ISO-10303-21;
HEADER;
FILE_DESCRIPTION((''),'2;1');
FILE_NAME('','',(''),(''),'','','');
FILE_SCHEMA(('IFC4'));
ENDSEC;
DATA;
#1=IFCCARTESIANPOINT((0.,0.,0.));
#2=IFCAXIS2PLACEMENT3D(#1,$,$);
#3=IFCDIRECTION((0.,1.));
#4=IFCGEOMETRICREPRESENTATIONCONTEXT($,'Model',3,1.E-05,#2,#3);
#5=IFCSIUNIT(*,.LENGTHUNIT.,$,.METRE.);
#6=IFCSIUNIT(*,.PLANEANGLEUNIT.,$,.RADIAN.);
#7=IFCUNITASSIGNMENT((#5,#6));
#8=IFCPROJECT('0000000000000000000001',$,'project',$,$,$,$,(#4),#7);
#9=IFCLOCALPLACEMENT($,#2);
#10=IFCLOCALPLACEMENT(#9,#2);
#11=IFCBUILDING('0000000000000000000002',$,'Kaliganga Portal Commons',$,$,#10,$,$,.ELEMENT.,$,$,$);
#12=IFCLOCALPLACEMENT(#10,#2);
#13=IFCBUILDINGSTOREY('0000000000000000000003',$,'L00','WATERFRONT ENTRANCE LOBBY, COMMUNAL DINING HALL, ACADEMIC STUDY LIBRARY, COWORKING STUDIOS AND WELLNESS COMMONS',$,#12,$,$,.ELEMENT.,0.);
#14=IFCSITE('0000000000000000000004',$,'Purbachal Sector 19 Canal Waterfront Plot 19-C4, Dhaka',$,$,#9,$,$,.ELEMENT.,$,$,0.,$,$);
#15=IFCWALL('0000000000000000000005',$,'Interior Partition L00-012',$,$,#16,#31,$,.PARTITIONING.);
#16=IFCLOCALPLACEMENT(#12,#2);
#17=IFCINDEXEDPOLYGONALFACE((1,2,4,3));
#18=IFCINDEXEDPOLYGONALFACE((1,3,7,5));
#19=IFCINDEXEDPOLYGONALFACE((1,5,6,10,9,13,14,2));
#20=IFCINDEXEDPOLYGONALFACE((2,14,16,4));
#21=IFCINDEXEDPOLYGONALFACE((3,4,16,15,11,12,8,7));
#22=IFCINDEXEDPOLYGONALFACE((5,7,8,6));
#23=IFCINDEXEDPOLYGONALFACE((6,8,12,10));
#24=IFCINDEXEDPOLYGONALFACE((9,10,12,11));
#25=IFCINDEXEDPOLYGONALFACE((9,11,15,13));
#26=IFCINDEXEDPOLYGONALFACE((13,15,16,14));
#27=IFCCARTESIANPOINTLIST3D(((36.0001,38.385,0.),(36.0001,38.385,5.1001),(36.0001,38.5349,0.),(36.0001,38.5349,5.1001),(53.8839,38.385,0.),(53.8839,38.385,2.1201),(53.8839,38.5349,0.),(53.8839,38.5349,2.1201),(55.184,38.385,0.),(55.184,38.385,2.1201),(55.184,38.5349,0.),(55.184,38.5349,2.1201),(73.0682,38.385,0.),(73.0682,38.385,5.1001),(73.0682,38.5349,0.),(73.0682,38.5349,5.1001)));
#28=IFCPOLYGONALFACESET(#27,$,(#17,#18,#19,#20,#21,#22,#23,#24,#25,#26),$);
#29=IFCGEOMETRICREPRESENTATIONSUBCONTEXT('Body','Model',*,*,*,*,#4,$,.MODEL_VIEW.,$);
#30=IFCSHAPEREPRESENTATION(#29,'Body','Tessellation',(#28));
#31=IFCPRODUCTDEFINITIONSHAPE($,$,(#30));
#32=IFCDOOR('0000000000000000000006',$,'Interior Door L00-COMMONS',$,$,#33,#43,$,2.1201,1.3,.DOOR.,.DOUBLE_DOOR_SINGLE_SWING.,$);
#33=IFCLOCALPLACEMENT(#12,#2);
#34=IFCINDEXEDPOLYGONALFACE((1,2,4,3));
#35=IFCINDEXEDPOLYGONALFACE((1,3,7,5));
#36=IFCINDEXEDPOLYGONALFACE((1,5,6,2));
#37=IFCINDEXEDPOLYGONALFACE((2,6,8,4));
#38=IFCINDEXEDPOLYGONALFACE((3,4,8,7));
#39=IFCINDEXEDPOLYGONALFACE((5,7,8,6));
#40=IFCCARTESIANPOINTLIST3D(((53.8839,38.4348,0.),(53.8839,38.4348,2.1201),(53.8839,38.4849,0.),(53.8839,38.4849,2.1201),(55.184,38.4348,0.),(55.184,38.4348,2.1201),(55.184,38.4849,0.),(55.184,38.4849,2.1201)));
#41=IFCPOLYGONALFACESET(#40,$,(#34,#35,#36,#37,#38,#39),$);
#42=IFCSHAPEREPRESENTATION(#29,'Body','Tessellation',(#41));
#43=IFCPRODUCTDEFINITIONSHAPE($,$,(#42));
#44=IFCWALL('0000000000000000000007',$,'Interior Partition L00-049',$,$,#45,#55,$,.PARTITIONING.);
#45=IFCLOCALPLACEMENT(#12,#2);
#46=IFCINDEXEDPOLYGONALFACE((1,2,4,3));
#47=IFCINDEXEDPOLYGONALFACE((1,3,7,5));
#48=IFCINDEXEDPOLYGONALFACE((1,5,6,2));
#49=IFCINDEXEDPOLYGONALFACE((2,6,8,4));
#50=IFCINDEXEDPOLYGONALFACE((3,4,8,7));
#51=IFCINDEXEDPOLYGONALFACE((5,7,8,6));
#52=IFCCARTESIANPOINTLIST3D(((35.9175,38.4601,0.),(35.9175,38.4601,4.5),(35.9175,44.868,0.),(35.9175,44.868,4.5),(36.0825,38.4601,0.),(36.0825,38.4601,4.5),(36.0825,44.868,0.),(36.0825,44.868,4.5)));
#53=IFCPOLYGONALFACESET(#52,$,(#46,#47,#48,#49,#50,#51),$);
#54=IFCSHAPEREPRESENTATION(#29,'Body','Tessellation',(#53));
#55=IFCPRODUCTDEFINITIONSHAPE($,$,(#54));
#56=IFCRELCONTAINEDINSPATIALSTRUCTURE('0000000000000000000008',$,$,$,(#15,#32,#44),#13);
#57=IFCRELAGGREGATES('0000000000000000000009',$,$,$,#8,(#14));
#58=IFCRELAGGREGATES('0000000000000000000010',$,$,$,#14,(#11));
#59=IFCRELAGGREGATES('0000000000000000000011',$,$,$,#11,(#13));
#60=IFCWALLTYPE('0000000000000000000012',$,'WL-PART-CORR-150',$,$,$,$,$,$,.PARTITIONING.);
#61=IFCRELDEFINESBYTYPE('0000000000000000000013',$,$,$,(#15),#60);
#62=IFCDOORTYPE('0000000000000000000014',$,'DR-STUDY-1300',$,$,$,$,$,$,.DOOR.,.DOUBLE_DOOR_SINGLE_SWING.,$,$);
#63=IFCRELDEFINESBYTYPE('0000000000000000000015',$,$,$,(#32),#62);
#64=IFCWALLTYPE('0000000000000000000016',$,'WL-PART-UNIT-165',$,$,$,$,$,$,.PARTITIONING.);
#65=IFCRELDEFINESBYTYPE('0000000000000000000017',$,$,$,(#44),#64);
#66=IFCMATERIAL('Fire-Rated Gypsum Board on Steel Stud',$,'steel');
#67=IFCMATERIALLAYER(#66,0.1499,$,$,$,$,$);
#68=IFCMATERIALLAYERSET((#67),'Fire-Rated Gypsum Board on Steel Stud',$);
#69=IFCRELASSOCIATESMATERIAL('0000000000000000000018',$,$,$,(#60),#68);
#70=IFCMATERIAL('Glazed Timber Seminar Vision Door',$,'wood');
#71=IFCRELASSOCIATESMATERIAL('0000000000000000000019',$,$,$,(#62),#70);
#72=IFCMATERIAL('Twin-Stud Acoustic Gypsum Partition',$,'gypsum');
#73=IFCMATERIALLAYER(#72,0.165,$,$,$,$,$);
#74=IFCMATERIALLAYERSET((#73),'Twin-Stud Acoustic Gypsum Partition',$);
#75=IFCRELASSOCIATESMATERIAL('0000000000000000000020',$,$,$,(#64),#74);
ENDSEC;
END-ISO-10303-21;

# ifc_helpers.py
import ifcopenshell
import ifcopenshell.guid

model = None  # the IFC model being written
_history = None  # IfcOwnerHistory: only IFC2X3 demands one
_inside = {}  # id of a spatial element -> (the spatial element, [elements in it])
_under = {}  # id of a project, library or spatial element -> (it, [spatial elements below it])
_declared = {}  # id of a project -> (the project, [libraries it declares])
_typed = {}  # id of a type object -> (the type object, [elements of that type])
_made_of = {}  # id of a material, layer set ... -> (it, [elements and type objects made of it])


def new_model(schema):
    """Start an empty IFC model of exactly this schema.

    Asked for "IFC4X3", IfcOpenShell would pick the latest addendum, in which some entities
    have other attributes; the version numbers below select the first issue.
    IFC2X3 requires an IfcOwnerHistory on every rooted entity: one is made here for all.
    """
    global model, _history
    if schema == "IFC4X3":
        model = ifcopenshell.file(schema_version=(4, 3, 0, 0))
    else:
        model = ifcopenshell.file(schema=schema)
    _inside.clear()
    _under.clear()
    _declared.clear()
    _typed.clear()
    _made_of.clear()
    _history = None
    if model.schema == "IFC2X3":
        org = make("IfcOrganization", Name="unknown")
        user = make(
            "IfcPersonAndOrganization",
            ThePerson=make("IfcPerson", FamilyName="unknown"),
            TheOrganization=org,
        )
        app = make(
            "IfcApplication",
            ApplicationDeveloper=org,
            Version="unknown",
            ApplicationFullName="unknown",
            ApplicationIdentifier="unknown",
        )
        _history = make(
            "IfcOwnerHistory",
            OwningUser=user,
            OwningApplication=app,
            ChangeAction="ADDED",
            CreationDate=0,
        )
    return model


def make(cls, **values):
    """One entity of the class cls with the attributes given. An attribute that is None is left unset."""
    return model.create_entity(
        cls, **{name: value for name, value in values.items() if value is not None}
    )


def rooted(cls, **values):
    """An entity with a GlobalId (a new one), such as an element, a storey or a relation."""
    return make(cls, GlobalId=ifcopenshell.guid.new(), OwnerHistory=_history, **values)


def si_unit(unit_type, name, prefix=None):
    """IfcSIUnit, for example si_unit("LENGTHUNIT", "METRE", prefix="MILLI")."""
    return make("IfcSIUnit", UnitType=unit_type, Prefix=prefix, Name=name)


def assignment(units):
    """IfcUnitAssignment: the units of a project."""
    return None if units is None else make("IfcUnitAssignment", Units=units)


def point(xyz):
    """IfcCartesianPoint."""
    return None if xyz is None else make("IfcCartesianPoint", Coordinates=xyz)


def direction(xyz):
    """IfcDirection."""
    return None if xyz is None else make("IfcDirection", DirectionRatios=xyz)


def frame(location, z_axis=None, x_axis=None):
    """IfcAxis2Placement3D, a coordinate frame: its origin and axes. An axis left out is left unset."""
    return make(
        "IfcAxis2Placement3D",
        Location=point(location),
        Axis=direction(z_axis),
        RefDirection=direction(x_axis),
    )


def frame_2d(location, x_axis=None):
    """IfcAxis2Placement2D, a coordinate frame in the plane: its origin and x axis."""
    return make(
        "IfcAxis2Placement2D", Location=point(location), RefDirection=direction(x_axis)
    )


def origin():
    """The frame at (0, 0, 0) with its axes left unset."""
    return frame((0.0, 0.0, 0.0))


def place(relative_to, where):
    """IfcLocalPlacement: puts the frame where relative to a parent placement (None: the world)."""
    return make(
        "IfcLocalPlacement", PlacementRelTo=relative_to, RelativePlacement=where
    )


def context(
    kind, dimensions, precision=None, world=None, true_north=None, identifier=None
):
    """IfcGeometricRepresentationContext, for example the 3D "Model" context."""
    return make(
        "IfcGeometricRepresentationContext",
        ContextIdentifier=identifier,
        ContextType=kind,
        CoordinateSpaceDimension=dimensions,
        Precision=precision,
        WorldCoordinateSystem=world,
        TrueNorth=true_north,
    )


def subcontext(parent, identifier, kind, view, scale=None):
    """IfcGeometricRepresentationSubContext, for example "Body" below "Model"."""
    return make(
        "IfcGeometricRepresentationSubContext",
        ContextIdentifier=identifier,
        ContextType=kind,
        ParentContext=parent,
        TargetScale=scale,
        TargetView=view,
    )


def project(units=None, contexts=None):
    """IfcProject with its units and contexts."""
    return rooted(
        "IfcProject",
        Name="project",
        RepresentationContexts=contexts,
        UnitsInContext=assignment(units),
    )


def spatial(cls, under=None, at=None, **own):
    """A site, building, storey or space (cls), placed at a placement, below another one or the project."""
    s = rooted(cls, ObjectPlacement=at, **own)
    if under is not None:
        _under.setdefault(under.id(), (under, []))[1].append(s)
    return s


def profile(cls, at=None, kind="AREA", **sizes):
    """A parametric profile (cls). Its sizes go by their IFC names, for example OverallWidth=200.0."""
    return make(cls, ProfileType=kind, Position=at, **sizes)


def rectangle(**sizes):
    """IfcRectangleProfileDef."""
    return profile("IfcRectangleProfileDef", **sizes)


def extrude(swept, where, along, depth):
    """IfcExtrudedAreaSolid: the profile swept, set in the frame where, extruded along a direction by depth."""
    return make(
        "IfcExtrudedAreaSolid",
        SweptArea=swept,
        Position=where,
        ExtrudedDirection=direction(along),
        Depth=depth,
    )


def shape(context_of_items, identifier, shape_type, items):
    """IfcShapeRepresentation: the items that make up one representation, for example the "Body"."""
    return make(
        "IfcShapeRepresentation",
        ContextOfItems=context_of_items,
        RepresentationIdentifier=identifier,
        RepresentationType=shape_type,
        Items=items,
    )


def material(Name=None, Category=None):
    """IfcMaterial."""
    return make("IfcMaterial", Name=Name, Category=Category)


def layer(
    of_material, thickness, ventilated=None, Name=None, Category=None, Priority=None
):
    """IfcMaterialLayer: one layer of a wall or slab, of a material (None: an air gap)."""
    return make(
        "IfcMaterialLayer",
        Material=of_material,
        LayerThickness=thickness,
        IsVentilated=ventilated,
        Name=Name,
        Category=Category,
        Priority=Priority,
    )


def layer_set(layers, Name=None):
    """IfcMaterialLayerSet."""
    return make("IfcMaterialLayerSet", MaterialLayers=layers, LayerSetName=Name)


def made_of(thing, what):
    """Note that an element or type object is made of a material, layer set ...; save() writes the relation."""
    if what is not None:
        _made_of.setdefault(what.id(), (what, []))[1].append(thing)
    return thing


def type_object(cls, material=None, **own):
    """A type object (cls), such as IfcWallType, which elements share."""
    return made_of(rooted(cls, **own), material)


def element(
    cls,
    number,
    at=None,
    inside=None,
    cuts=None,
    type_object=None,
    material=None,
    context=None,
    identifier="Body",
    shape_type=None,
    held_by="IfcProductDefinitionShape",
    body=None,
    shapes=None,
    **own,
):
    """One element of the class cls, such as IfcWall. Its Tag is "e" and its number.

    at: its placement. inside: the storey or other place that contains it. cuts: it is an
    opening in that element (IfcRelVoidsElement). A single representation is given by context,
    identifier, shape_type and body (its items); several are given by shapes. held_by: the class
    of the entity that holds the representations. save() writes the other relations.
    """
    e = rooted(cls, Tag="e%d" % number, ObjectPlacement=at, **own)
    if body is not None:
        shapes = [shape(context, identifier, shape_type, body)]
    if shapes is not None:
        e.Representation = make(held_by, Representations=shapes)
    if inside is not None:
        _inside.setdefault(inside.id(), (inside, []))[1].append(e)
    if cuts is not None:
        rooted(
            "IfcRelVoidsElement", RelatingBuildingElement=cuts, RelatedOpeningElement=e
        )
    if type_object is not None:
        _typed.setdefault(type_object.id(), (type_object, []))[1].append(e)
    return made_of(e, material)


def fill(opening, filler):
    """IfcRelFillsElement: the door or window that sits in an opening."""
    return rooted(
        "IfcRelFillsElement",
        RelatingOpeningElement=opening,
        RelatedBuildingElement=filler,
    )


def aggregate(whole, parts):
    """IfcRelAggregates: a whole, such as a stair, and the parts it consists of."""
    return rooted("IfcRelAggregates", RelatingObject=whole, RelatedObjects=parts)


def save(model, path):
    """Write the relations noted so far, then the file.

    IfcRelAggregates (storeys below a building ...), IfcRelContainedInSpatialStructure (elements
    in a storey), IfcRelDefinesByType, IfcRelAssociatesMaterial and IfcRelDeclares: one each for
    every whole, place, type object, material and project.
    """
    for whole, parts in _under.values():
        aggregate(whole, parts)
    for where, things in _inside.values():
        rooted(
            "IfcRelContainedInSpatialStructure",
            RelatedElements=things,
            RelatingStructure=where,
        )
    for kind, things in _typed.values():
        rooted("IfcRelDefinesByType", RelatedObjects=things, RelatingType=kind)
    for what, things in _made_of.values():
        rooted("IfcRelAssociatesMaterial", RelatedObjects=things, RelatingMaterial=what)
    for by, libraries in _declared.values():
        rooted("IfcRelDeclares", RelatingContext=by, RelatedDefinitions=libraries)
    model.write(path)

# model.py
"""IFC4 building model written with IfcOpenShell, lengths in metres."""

from ifc_helpers import new_model, si_unit, direction, frame, frame_2d, origin, place, context, subcontext, project, spatial, rectangle, extrude, material, layer, layer_set, type_object, element, fill, save


model = new_model("IFC4")

# Units and contexts
model_context = context("Model", 3, precision=1e-05, world=origin(), true_north=direction((0.0, 1.0)))
body_context = subcontext(model_context, "Body", "Model", "MODEL_VIEW")
ifc_project = project(units=[si_unit("LENGTHUNIT", "METRE"), si_unit("PLANEANGLEUNIT", "RADIAN")], contexts=[model_context])

# Site, building, storey
site_placement = place(None, origin())
site = spatial("IfcSite", under=ifc_project, at=site_placement, Name="Purbachal Sector 19 Canal Waterfront Plot 19-C4, Dhaka", CompositionType="ELEMENT", RefElevation=0.0)
building_placement = place(site_placement, origin())
building = spatial("IfcBuilding", under=site, at=building_placement, Name="Kaliganga Portal Commons", CompositionType="ELEMENT")
storey_placement = place(building_placement, origin())
storey = spatial("IfcBuildingStorey", under=building, at=storey_placement, Name="L00", Description="WATERFRONT ENTRANCE LOBBY, COMMUNAL DINING HALL, ACADEMIC STUDY LIBRARY, COWORKING STUDIOS AND WELLNESS COMMONS", CompositionType="ELEMENT", Elevation=0.0)

# Wall, opening, door
ifc_material_1 = material(Name="Fire-Rated Gypsum Board on Steel Stud", Category="steel")
ifc_layer_1 = layer(ifc_material_1, 0.1499)
ifc_layer_set_1 = layer_set([ifc_layer_1], Name="Fire-Rated Gypsum Board on Steel Stud")
wall_type_1 = type_object("IfcWallType", Name="WL-PART-CORR-150", PredefinedType="PARTITIONING", material=ifc_layer_set_1)
wall_1_placement = place(storey_placement, frame((36.0, 38.46, 0.0), z_axis=(0.0, 0.0, 1.0), x_axis=(1.0, 0.0, 0.0)))
wall_1 = element("IfcWall", 1, at=wall_1_placement, inside=storey, type_object=wall_type_1, Name="Interior Partition L00-012", PredefinedType="PARTITIONING", context=body_context, shape_type="SweptSolid", body=[
    extrude(rectangle(XDim=37.0681, YDim=0.1499, at=frame_2d((18.5342, 0.0))), origin(), (0.0, 0.0, 1.0), 5.1001),
])
opening_placement = place(wall_1_placement, frame((17.884, 0.0, 0.0)))
opening = element("IfcOpeningElement", 2, at=opening_placement, cuts=wall_1, PredefinedType="OPENING", context=body_context, shape_type="SweptSolid", body=[
    extrude(rectangle(XDim=1.3, YDim=2.1201, at=frame_2d((0.6499, 1.0601))), frame((0.0, 0.085, 0.0), z_axis=(0.0, -1.0, 0.0), x_axis=(1.0, 0.0, 0.0)), (0.0, 0.0, 1.0), 0.1699),
])
ifc_material_2 = material(Name="Glazed Timber Seminar Vision Door", Category="wood")
door_type = type_object("IfcDoorType", Name="DR-STUDY-1300", OperationType="DOUBLE_DOOR_SINGLE_SWING", PredefinedType="DOOR", material=ifc_material_2)
door_placement = place(opening_placement, origin())
door = element("IfcDoor", 3, at=door_placement, inside=storey, type_object=door_type, Name="Interior Door L00-COMMONS", OperationType="DOUBLE_DOOR_SINGLE_SWING", OverallHeight=2.1201, OverallWidth=1.3, PredefinedType="DOOR", context=body_context, shape_type="SweptSolid", body=[
    extrude(rectangle(XDim=1.3, YDim=2.1201, at=frame_2d((0.6499, 1.0601))), frame((0.0, 0.0249, 0.0), z_axis=(0.0, -1.0, 0.0), x_axis=(1.0, 0.0, 0.0)), (0.0, 0.0, 1.0), 0.05),
])
fill(opening, door)

# Wall
ifc_material_3 = material(Name="Twin-Stud Acoustic Gypsum Partition", Category="gypsum")
ifc_layer_2 = layer(ifc_material_3, 0.165)
ifc_layer_set_2 = layer_set([ifc_layer_2], Name="Twin-Stud Acoustic Gypsum Partition")
wall_type_2 = type_object("IfcWallType", Name="WL-PART-UNIT-165", PredefinedType="PARTITIONING", material=ifc_layer_set_2)
wall_2_placement = place(storey_placement, frame((36.0, 38.46, 0.0), z_axis=(0.0, 0.0, 1.0), x_axis=(0.0, 1.0, 0.0)))
element("IfcWall", 4, at=wall_2_placement, inside=storey, type_object=wall_type_2, Name="Interior Partition L00-049", PredefinedType="PARTITIONING", context=body_context, shape_type="SweptSolid", body=[
    extrude(rectangle(XDim=6.408, YDim=0.165, at=frame_2d((3.2041, 0.0))), origin(), (0.0, 0.0, 1.0), 4.5),
])

save(model, "model.ifc")
